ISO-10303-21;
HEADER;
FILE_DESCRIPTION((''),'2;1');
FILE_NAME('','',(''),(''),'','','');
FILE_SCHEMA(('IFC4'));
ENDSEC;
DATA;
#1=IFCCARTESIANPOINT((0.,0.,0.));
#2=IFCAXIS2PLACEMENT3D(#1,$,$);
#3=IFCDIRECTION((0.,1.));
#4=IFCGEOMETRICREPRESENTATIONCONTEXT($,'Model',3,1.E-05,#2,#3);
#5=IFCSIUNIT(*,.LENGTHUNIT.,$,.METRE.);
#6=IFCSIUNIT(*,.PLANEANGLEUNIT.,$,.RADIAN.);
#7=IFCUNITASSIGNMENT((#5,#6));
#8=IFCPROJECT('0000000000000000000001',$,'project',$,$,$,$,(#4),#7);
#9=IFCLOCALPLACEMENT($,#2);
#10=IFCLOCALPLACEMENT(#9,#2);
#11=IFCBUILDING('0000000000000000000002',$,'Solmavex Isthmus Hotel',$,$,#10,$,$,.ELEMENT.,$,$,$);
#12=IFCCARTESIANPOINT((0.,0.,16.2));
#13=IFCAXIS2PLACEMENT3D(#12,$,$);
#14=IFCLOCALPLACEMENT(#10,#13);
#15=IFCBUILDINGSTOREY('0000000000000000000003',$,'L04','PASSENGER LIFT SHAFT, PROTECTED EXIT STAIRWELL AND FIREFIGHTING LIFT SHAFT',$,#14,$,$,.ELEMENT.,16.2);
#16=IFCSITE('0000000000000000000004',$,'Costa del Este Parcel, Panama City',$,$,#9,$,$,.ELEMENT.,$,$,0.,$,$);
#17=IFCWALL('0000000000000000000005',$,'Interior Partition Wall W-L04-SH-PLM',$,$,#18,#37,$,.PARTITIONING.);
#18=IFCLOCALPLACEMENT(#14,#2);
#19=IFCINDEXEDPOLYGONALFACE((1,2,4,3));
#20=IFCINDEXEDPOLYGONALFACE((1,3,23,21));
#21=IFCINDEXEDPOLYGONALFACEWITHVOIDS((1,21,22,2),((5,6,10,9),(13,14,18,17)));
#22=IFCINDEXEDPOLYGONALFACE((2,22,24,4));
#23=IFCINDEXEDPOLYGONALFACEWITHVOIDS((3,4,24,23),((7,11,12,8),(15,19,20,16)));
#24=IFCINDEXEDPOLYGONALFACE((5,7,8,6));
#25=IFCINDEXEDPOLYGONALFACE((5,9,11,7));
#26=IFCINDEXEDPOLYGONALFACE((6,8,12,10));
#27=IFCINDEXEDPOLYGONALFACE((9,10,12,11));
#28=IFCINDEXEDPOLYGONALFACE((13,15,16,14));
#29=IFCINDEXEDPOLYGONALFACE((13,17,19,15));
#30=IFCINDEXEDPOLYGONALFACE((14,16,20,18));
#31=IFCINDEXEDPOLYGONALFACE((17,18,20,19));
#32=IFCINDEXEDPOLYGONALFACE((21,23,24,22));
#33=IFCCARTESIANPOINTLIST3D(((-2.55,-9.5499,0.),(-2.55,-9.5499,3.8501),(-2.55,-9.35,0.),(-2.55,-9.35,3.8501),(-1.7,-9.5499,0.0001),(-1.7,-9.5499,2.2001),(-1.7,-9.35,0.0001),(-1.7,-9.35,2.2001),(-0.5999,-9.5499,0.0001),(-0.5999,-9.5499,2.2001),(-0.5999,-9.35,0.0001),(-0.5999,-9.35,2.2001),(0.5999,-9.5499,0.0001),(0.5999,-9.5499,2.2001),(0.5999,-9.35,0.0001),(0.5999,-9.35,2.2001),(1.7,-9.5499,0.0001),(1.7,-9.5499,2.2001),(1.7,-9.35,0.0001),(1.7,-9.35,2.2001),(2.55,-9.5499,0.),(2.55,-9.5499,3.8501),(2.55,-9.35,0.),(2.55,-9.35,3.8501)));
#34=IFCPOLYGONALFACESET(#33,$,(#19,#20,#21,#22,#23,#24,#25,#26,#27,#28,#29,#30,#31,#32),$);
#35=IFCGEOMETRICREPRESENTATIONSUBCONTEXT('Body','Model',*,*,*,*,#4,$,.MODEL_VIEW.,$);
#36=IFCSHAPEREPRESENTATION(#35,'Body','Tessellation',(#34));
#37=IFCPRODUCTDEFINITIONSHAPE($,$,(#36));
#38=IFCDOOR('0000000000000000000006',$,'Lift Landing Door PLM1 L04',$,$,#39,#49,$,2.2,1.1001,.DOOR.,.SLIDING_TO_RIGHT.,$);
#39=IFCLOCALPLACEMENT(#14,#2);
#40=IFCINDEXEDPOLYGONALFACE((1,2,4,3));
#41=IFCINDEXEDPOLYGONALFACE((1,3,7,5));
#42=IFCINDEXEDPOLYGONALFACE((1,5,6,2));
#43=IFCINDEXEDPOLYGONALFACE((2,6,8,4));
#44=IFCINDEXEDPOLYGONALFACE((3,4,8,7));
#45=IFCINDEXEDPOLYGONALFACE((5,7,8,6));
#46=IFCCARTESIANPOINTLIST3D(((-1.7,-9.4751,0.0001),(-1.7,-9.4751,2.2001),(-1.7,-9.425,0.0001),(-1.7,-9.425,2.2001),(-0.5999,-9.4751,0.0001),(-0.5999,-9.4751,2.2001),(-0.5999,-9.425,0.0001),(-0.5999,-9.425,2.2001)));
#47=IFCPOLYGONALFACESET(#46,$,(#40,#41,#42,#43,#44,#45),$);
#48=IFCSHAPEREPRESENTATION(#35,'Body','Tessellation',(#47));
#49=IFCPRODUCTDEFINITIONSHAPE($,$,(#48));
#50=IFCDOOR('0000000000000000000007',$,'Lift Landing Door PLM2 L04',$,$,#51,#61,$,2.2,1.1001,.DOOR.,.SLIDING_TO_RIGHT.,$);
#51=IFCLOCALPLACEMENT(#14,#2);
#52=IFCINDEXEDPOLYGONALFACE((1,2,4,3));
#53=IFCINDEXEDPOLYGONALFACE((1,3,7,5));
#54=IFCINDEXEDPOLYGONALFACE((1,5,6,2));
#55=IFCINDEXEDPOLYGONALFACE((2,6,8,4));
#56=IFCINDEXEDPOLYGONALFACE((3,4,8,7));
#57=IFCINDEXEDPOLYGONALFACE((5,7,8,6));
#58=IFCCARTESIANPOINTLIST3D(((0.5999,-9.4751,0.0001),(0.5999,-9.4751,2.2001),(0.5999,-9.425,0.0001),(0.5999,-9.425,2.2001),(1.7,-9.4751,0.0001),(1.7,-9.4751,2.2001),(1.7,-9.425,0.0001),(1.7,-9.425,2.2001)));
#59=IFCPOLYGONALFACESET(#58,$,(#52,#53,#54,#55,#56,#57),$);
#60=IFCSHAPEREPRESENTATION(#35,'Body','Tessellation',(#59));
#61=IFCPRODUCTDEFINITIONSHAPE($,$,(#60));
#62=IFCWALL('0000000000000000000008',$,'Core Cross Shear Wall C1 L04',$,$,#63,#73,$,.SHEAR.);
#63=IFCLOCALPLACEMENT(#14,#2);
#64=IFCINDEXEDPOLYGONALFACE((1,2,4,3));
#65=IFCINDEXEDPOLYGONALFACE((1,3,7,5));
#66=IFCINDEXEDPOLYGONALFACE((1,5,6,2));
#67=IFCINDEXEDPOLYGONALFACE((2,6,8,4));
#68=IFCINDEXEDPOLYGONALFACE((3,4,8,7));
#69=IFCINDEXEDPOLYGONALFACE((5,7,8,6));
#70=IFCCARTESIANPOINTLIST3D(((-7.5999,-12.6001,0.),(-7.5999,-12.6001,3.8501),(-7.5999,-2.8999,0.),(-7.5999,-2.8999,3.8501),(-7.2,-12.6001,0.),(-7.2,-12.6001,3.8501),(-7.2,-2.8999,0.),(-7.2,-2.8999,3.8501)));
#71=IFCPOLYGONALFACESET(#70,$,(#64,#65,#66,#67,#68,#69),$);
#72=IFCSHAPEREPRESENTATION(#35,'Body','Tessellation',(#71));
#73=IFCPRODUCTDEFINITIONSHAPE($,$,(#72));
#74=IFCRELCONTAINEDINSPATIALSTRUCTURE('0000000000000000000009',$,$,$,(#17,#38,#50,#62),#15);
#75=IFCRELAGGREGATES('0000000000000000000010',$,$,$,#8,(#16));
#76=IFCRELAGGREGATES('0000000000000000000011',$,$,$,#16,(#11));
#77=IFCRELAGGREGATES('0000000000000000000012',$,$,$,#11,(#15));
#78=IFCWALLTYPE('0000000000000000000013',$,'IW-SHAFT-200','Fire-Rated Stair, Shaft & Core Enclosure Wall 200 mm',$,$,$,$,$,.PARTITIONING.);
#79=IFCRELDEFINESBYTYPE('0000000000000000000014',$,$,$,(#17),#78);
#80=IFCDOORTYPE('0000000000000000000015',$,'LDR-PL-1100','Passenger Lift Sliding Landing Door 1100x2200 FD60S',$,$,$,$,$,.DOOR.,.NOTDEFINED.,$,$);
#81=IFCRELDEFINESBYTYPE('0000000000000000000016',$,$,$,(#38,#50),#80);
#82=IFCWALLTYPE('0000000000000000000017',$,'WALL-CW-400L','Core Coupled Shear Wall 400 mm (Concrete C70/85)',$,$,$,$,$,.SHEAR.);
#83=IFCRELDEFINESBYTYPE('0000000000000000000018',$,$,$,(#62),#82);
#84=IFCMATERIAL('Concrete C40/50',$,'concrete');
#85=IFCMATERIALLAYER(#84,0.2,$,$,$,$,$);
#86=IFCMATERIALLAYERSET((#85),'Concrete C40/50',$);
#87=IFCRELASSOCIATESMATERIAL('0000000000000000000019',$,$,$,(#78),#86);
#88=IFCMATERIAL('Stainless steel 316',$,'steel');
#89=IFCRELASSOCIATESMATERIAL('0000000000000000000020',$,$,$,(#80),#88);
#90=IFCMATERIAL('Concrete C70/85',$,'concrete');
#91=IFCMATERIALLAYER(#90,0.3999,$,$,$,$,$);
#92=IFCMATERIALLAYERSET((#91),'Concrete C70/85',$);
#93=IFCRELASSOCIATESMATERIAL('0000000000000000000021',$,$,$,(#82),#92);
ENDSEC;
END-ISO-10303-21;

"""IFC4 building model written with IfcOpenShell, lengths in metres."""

from ifc_helpers import new_model, si_unit, direction, frame, frame_2d, origin, place, context, subcontext, project, spatial, rectangle, extrude, material, layer, layer_set, type_object, element, fill, save


model = new_model("IFC4")

# Units and contexts
model_context = context("Model", 3, precision=1e-05, world=origin(), true_north=direction((0.0, 1.0)))
body_context = subcontext(model_context, "Body", "Model", "MODEL_VIEW")
ifc_project = project(units=[si_unit("LENGTHUNIT", "METRE"), si_unit("PLANEANGLEUNIT", "RADIAN")], contexts=[model_context])

# Site, building, storey
site_placement = place(None, origin())
site = spatial("IfcSite", under=ifc_project, at=site_placement, Name="Costa del Este Parcel, Panama City", CompositionType="ELEMENT", RefElevation=0.0)
building_placement = place(site_placement, origin())
building = spatial("IfcBuilding", under=site, at=building_placement, Name="Solmavex Isthmus Hotel", CompositionType="ELEMENT")
storey_placement = place(building_placement, frame((0.0, 0.0, 16.2)))
storey = spatial("IfcBuildingStorey", under=building, at=storey_placement, Name="L04", Description="PASSENGER LIFT SHAFT, PROTECTED EXIT STAIRWELL AND FIREFIGHTING LIFT SHAFT", CompositionType="ELEMENT", Elevation=16.2)

# Shared definitions
ifc_material_1 = material(Name="Concrete C70/85", Category="concrete")

# Shared definitions
ifc_material_2 = material(Name="Concrete C40/50", Category="concrete")
ifc_layer_1 = layer(ifc_material_2, 0.2)
ifc_layer_set_1 = layer_set([ifc_layer_1], Name="Concrete C40/50")
wall_type_1 = type_object("IfcWallType", Name="IW-SHAFT-200", Description="Fire-Rated Stair, Shaft & Core Enclosure Wall 200 mm", PredefinedType="PARTITIONING", material=ifc_layer_set_1)

# Shared definitions
ifc_material_3 = material(Name="Stainless steel 316", Category="steel")
door_type_1 = type_object("IfcDoorType", Name="LDR-PL-1100", Description="Passenger Lift Sliding Landing Door 1100x2200 FD60S", OperationType="NOTDEFINED", PredefinedType="DOOR", material=ifc_material_3)

# Wall, openings, doors
wall_1_placement = place(storey_placement, frame((-2.55, -9.45, 0.0), z_axis=(0.0, 0.0, 1.0), x_axis=(1.0, 0.0, 0.0)))
wall_1 = element("IfcWall", 1, at=wall_1_placement, inside=storey, type_object=wall_type_1, Name="Interior Partition Wall W-L04-SH-PLM", PredefinedType="PARTITIONING", context=body_context, shape_type="SweptSolid", body=[
    extrude(rectangle(XDim=5.1001, YDim=0.2, at=frame_2d((2.55, 0.0))), origin(), (0.0, 0.0, 1.0), 3.8501),
])
opening_1_placement = place(wall_1_placement, frame((0.8501, 0.0, 0.0)))
opening_1 = element("IfcOpeningElement", 2, at=opening_1_placement, cuts=wall_1, PredefinedType="OPENING", context=body_context, shape_type="SweptSolid", body=[
    extrude(rectangle(XDim=1.1001, YDim=2.2, at=frame_2d((0.55, 1.1001))), frame((0.0, 0.1099, 0.0), z_axis=(0.0, -1.0, 0.0), x_axis=(1.0, 0.0, 0.0)), (0.0, 0.0, 1.0), 0.22),
])
opening_2_placement = place(wall_1_placement, frame((3.1499, 0.0, 0.0)))
opening_2 = element("IfcOpeningElement", 3, at=opening_2_placement, cuts=wall_1, PredefinedType="OPENING", context=body_context, shape_type="SweptSolid", body=[
    extrude(rectangle(XDim=1.1001, YDim=2.2, at=frame_2d((0.55, 1.1001))), frame((0.0, 0.1099, 0.0), z_axis=(0.0, -1.0, 0.0), x_axis=(1.0, 0.0, 0.0)), (0.0, 0.0, 1.0), 0.22),
])
door_1_placement = place(opening_1_placement, origin())
door_1 = element("IfcDoor", 4, at=door_1_placement, inside=storey, type_object=door_type_1, Name="Lift Landing Door PLM1 L04", OperationType="SLIDING_TO_RIGHT", OverallHeight=2.2, OverallWidth=1.1001, PredefinedType="DOOR", context=body_context, shape_type="SweptSolid", body=[
    extrude(rectangle(XDim=1.1001, YDim=2.2, at=frame_2d((0.55, 1.1001))), frame((0.0, 0.0249, 0.0), z_axis=(0.0, -1.0, 0.0), x_axis=(1.0, 0.0, 0.0)), (0.0, 0.0, 1.0), 0.05),
])
fill(opening_1, door_1)
door_2_placement = place(opening_2_placement, origin())
door_2 = element("IfcDoor", 5, at=door_2_placement, inside=storey, type_object=door_type_1, Name="Lift Landing Door PLM2 L04", OperationType="SLIDING_TO_RIGHT", OverallHeight=2.2, OverallWidth=1.1001, PredefinedType="DOOR", context=body_context, shape_type="SweptSolid", body=[
    extrude(rectangle(XDim=1.1001, YDim=2.2, at=frame_2d((0.55, 1.1001))), frame((0.0, 0.0249, 0.0), z_axis=(0.0, -1.0, 0.0), x_axis=(1.0, 0.0, 0.0)), (0.0, 0.0, 1.0), 0.05),
])
fill(opening_2, door_2)

# Wall
ifc_layer_2 = layer(ifc_material_1, 0.3999)
ifc_layer_set_2 = layer_set([ifc_layer_2], Name="Concrete C70/85")
wall_type_2 = type_object("IfcWallType", Name="WALL-CW-400L", Description="Core Coupled Shear Wall 400 mm (Concrete C70/85)", PredefinedType="SHEAR", material=ifc_layer_set_2)
wall_2_placement = place(storey_placement, frame((-7.3999, -12.6001, 0.0), z_axis=(0.0, 0.0, 1.0), x_axis=(0.0, 1.0, 0.0)))
element("IfcWall", 6, at=wall_2_placement, inside=storey, type_object=wall_type_2, Name="Core Cross Shear Wall C1 L04", PredefinedType="SHEAR", context=body_context, shape_type="SweptSolid", body=[
    extrude(rectangle(XDim=9.7002, YDim=0.3999, at=frame_2d((4.8501, 0.0))), origin(), (0.0, 0.0, 1.0), 3.8501),
])

save(model, "model.ifc")
